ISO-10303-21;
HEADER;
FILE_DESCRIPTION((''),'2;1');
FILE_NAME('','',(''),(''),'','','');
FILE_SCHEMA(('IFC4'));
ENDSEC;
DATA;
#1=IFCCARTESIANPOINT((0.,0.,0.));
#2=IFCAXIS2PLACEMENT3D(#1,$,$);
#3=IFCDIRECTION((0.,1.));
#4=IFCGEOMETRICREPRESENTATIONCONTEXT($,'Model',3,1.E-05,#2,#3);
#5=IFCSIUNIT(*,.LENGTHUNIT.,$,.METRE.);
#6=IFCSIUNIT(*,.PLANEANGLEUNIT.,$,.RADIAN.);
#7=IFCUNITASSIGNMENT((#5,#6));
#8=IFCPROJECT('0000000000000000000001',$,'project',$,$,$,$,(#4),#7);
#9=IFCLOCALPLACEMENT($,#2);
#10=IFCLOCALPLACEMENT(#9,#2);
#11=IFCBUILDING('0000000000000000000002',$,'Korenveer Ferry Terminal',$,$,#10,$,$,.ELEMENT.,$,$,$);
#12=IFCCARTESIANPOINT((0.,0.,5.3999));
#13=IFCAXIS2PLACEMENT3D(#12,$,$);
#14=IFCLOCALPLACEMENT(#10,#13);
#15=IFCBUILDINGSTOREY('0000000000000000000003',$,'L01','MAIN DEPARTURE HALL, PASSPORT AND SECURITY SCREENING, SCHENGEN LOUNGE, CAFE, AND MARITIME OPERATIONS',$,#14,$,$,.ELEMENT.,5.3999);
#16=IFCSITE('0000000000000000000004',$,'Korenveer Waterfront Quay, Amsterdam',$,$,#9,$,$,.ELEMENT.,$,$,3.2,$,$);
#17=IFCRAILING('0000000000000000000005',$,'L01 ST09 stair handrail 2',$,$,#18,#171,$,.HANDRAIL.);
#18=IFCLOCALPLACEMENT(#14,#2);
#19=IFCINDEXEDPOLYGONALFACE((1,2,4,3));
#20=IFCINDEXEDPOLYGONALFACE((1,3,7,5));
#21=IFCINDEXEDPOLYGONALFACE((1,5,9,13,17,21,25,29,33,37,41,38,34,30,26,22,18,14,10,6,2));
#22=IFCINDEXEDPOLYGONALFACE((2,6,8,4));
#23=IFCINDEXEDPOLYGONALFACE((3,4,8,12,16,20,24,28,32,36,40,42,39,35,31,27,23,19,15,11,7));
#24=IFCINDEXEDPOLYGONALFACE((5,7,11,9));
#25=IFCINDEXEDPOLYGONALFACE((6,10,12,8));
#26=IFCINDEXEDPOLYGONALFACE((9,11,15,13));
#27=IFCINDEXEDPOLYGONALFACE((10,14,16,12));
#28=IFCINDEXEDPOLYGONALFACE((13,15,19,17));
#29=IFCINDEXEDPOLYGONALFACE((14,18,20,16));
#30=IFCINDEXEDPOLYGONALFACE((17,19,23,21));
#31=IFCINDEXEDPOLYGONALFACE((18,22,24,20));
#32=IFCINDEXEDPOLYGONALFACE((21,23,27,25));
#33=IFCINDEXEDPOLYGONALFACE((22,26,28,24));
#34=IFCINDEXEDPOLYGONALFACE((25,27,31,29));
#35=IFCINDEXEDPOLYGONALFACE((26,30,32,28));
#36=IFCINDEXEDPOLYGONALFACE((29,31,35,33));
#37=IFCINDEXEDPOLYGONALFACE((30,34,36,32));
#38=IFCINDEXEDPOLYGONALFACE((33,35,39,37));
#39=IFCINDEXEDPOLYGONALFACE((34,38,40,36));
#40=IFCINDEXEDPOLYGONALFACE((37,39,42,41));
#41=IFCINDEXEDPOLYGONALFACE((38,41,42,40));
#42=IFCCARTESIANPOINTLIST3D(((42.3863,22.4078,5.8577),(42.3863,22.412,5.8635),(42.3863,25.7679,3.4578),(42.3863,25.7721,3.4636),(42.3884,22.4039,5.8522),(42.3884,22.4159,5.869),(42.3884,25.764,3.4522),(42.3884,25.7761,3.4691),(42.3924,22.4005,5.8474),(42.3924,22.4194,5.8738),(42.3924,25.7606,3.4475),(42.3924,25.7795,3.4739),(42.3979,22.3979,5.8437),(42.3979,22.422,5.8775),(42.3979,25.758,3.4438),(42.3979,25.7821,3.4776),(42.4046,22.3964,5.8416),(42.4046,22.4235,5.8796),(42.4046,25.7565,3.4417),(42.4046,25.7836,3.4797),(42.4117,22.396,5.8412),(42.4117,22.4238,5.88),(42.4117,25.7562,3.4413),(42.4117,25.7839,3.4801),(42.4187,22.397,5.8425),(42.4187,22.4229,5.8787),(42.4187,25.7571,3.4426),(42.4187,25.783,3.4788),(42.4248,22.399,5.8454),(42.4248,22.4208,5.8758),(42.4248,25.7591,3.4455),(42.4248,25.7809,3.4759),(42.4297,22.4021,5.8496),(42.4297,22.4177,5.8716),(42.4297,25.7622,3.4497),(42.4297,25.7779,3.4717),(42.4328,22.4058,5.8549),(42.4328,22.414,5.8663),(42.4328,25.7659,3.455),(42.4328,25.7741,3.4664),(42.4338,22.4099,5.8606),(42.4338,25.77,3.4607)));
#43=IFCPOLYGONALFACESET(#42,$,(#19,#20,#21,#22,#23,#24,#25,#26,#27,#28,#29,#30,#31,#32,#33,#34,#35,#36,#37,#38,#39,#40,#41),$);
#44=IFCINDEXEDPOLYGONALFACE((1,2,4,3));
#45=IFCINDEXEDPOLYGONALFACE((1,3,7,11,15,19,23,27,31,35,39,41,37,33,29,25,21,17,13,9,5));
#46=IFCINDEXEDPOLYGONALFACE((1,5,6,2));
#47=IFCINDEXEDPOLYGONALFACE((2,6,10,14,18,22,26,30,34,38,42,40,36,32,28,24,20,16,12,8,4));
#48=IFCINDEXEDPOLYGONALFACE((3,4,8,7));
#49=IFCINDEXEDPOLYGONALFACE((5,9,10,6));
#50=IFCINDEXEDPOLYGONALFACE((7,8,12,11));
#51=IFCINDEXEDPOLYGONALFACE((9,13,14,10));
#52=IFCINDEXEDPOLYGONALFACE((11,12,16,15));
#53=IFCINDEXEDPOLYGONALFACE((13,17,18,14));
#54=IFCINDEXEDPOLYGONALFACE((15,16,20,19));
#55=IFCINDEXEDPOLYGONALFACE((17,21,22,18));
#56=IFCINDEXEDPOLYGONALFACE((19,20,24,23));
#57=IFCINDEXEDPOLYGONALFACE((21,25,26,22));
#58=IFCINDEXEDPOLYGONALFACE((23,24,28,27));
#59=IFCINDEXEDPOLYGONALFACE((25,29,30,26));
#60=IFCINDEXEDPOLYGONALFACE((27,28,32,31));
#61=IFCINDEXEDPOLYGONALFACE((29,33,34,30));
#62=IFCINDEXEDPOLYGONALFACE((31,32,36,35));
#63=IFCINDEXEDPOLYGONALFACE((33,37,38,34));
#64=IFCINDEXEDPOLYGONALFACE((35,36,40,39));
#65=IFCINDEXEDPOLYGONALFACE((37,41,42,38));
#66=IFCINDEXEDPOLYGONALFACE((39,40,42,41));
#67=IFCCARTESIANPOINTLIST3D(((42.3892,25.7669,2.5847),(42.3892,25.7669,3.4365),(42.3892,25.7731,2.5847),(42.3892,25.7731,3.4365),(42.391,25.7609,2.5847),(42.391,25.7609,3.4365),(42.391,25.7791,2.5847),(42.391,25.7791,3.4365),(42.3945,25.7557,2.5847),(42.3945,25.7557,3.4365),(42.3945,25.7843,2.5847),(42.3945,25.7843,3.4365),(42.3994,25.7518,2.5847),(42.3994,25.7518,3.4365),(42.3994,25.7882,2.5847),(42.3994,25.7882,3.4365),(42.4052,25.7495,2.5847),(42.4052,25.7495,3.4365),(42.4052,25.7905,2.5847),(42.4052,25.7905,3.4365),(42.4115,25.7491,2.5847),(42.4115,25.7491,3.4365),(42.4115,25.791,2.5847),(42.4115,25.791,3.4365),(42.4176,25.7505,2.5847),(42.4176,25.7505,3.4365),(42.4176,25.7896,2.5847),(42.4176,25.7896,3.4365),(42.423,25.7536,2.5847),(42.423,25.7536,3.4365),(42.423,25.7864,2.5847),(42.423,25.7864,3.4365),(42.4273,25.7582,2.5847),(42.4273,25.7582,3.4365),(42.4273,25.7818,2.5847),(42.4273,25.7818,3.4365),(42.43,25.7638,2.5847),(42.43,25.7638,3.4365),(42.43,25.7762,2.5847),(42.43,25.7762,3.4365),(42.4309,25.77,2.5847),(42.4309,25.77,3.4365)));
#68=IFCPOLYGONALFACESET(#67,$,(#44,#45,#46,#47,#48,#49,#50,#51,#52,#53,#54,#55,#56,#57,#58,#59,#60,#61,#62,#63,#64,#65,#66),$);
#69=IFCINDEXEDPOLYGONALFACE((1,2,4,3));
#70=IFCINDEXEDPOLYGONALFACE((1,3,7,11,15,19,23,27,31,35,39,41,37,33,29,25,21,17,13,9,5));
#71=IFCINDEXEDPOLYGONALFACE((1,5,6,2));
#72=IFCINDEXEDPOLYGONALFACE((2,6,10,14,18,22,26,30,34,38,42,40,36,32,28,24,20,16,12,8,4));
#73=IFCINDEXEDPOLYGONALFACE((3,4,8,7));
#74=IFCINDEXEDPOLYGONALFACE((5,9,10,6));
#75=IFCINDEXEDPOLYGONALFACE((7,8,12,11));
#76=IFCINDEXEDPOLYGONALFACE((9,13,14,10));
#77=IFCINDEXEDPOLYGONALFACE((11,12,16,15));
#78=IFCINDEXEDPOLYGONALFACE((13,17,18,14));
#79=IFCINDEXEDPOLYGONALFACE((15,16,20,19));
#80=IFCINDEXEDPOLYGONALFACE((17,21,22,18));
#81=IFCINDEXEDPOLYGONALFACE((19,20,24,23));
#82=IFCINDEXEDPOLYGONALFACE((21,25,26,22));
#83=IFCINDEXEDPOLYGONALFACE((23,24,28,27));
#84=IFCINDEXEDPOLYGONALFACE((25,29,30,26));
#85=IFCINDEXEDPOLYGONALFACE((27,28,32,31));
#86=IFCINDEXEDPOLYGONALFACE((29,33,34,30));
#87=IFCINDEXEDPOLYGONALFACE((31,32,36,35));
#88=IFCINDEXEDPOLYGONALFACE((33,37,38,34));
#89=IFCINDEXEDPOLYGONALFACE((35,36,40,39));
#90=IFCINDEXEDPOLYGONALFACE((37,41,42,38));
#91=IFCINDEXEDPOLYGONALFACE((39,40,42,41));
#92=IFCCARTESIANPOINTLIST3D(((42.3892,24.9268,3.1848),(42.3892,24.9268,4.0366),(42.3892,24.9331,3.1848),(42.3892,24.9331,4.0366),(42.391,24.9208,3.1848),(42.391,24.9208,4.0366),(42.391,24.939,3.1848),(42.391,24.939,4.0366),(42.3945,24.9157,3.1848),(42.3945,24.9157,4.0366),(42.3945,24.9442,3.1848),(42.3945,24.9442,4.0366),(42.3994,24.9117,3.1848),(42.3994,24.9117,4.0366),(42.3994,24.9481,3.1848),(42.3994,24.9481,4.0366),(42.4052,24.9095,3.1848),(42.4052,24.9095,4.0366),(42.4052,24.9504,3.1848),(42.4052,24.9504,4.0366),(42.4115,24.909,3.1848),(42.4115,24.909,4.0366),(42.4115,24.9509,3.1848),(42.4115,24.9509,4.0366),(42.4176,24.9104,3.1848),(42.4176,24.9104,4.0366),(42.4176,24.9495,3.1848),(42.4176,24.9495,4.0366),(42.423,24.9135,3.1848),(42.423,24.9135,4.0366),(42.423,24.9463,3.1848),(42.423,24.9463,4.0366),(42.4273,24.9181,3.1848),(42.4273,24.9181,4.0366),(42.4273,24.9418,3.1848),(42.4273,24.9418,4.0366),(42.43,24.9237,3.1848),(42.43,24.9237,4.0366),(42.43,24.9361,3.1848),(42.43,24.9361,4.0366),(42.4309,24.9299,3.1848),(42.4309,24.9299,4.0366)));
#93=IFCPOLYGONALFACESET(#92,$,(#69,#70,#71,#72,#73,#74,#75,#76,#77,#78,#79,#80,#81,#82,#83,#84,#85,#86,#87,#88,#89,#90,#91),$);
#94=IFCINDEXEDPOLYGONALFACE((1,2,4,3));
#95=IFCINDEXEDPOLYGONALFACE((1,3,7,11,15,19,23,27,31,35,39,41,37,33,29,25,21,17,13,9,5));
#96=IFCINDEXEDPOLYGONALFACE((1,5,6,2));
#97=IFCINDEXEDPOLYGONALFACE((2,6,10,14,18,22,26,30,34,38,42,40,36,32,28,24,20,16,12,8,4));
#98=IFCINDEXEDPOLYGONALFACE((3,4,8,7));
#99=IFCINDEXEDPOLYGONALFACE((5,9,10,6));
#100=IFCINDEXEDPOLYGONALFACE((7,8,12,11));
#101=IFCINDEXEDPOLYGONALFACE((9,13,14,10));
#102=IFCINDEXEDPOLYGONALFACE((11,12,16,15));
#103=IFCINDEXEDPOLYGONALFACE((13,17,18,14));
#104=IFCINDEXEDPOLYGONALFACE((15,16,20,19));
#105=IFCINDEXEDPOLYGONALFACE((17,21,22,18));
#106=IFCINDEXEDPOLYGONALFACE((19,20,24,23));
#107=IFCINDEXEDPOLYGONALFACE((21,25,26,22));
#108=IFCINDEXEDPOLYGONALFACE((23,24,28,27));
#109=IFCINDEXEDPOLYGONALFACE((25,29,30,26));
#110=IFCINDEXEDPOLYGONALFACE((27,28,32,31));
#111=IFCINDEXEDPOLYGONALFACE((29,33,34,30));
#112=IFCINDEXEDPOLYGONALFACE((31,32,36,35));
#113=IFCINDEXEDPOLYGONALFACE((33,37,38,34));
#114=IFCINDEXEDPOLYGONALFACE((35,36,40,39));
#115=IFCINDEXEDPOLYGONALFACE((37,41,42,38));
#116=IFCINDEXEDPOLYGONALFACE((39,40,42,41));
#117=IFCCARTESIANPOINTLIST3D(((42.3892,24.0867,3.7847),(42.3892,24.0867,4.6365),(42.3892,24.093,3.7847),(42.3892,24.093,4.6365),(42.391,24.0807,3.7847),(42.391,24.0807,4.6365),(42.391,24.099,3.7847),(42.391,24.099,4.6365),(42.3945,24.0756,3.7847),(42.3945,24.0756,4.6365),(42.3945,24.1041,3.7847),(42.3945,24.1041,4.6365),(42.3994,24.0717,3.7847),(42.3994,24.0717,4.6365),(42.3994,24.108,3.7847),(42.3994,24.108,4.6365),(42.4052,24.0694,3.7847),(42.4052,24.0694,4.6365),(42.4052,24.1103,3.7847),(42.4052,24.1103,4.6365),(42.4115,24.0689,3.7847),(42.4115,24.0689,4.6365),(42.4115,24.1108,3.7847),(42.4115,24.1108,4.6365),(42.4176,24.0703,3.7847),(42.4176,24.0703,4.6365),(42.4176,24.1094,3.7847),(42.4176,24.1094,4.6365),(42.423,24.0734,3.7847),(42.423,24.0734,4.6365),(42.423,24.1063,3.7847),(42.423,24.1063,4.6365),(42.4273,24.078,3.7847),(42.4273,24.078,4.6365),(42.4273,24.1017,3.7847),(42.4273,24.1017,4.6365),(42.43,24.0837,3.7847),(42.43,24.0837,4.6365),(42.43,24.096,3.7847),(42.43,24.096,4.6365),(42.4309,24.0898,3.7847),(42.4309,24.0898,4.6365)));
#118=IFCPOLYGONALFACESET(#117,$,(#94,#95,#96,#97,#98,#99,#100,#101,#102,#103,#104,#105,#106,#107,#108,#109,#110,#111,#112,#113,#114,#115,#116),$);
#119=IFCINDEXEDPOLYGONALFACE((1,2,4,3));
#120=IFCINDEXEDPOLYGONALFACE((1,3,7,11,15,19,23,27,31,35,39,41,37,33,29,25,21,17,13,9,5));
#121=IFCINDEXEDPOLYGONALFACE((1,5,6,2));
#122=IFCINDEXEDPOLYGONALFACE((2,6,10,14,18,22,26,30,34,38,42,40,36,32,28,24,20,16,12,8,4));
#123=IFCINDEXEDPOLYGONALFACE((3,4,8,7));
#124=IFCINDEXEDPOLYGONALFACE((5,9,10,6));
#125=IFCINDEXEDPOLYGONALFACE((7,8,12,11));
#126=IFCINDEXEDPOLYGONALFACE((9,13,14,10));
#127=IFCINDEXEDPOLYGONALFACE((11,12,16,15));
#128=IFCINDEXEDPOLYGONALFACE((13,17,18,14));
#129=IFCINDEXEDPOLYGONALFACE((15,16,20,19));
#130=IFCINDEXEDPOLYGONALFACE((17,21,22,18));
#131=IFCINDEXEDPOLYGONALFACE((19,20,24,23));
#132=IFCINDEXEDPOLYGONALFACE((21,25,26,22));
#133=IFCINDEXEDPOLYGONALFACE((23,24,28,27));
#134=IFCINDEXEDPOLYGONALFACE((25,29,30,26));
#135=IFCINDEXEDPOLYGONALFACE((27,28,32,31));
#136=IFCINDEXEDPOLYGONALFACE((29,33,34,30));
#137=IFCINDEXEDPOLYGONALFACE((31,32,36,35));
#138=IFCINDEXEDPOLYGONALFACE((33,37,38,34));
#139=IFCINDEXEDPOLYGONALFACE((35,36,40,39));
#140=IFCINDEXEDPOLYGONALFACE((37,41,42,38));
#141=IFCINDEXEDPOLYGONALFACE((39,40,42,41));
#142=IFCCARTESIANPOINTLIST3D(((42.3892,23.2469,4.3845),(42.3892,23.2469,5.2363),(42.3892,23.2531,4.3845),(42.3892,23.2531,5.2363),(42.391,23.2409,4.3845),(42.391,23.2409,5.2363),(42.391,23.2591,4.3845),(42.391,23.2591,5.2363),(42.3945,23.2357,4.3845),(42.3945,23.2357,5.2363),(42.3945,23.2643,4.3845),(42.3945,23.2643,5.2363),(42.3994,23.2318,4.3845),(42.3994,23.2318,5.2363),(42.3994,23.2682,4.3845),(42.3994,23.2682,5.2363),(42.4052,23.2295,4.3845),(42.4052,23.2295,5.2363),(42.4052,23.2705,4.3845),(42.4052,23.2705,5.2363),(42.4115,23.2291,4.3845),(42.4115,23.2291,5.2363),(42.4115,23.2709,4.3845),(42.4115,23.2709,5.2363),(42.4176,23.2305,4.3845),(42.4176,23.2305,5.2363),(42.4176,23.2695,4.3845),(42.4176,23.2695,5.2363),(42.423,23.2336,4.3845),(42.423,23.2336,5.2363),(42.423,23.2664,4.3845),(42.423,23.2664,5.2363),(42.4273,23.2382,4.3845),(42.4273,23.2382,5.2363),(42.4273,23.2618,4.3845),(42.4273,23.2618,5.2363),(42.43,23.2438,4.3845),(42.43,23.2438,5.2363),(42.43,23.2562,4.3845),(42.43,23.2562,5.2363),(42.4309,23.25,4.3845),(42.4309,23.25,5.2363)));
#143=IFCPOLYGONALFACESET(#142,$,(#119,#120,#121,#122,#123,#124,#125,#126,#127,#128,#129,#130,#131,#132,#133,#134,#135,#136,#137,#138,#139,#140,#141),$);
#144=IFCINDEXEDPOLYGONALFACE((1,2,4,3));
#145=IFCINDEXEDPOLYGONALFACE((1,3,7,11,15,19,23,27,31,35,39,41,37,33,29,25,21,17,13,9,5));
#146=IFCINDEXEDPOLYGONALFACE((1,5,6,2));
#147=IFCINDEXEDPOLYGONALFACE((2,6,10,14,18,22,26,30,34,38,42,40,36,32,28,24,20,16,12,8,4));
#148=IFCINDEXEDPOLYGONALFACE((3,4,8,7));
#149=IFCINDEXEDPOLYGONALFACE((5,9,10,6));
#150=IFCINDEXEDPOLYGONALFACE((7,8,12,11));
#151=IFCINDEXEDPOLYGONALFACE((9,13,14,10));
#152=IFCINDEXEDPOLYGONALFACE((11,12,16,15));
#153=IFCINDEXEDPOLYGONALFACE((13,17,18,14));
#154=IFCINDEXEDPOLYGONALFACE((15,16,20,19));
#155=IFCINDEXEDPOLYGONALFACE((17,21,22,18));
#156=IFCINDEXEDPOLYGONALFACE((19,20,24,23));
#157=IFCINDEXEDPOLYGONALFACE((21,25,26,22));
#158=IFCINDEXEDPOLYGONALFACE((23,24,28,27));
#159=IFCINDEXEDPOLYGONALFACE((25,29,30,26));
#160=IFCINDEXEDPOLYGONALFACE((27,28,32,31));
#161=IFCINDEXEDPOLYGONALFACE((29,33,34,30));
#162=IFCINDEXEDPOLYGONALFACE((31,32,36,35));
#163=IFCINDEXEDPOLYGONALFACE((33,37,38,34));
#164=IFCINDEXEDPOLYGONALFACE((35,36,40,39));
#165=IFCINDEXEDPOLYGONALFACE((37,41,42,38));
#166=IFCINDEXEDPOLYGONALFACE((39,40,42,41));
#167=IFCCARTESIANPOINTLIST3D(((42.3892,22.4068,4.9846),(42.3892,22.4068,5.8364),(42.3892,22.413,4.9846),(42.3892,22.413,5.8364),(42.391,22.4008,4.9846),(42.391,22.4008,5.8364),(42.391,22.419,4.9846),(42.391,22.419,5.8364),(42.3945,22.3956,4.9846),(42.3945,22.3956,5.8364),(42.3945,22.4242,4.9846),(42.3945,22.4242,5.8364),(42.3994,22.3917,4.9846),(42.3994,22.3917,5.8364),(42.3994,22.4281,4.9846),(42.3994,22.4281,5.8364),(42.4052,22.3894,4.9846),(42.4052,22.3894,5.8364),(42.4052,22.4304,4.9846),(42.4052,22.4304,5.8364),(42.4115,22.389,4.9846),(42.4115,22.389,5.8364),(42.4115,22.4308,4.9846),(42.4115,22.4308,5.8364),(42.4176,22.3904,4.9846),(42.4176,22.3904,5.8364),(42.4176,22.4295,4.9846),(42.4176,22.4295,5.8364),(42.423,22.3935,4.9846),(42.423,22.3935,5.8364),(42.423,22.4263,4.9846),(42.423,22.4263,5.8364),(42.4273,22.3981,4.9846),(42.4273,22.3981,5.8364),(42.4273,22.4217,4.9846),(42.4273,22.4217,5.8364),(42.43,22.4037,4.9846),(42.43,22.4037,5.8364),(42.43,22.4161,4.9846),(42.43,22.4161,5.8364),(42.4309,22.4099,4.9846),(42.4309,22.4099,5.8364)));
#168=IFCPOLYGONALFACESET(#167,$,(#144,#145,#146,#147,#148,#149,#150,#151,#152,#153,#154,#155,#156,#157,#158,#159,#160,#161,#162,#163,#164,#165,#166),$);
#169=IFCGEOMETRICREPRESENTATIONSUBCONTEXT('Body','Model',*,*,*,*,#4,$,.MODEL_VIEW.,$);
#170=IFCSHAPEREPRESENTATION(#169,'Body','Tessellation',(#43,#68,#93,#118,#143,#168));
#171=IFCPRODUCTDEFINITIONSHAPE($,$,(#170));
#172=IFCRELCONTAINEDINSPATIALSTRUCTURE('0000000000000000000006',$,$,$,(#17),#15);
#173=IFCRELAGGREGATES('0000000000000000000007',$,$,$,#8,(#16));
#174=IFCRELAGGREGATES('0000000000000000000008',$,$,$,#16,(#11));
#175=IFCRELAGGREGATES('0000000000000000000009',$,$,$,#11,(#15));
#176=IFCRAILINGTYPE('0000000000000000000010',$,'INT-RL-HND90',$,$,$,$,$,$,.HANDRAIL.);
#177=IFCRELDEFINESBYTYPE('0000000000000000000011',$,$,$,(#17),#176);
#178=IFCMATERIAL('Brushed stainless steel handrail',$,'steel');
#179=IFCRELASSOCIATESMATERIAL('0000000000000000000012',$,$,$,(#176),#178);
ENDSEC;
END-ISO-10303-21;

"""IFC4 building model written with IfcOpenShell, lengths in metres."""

from ifc_helpers import new_model, si_unit, direction, frame, origin, origin_2d, place, context, subcontext, project, spatial, circle, extrude, material, type_object, element, save


model = new_model("IFC4")

# Units and contexts
model_context = context("Model", 3, precision=1e-05, world=origin(), true_north=direction((0.0, 1.0)))
body_context = subcontext(model_context, "Body", "Model", "MODEL_VIEW")
ifc_project = project(units=[si_unit("LENGTHUNIT", "METRE"), si_unit("PLANEANGLEUNIT", "RADIAN")], contexts=[model_context])

# Site, building, storey
site_placement = place(None, origin())
site = spatial("IfcSite", under=ifc_project, at=site_placement, Name="Korenveer Waterfront Quay, Amsterdam", CompositionType="ELEMENT", RefElevation=3.2)
building_placement = place(site_placement, origin())
building = spatial("IfcBuilding", under=site, at=building_placement, Name="Korenveer Ferry Terminal", CompositionType="ELEMENT")
storey_placement = place(building_placement, frame((0.0, 0.0, 5.3999)))
storey = spatial("IfcBuildingStorey", under=building, at=storey_placement, Name="L01", Description="MAIN DEPARTURE HALL, PASSPORT AND SECURITY SCREENING, SCHENGEN LOUNGE, CAFE, AND MARITIME OPERATIONS", CompositionType="ELEMENT", Elevation=5.3999)

# Railing
ifc_material_1 = material(Name="Brushed stainless steel handrail", Category="steel")
railing_type_1 = type_object("IfcRailingType", Name="INT-RL-HND90", PredefinedType="HANDRAIL", material=ifc_material_1)
railing_1_placement = place(storey_placement, frame((42.4099, 25.77, 2.5847)))
element("IfcRailing", 1, at=railing_1_placement, inside=storey, type_object=railing_type_1, Name="L01 ST09 stair handrail 2", PredefinedType="HANDRAIL", context=body_context, shape_type="SweptSolid", body=[
    extrude(circle(Radius=0.0239, at=origin_2d()), frame((0.0, 0.0, 0.876), z_axis=(0.0, -0.813753, 0.58121), x_axis=(1.0, 0.0, 0.0)), (0.0, 0.0, 1.0), 4.1292),
    extrude(circle(Radius=0.021, at=origin_2d()), origin(), (0.0, 0.0, 1.0), 0.8518),
    extrude(circle(Radius=0.021, at=origin_2d()), frame((0.0, -0.8401, 0.6001)), (0.0, 0.0, 1.0), 0.8518),
    extrude(circle(Radius=0.021, at=origin_2d()), frame((0.0, -1.6802, 1.2)), (0.0, 0.0, 1.0), 0.8518),
    extrude(circle(Radius=0.021, at=origin_2d()), frame((0.0, -2.52, 1.7998)), (0.0, 0.0, 1.0), 0.8518),
    extrude(circle(Radius=0.021, at=origin_2d()), frame((0.0, -3.3601, 2.3999)), (0.0, 0.0, 1.0), 0.8518),
])

save(model, "model.ifc")
